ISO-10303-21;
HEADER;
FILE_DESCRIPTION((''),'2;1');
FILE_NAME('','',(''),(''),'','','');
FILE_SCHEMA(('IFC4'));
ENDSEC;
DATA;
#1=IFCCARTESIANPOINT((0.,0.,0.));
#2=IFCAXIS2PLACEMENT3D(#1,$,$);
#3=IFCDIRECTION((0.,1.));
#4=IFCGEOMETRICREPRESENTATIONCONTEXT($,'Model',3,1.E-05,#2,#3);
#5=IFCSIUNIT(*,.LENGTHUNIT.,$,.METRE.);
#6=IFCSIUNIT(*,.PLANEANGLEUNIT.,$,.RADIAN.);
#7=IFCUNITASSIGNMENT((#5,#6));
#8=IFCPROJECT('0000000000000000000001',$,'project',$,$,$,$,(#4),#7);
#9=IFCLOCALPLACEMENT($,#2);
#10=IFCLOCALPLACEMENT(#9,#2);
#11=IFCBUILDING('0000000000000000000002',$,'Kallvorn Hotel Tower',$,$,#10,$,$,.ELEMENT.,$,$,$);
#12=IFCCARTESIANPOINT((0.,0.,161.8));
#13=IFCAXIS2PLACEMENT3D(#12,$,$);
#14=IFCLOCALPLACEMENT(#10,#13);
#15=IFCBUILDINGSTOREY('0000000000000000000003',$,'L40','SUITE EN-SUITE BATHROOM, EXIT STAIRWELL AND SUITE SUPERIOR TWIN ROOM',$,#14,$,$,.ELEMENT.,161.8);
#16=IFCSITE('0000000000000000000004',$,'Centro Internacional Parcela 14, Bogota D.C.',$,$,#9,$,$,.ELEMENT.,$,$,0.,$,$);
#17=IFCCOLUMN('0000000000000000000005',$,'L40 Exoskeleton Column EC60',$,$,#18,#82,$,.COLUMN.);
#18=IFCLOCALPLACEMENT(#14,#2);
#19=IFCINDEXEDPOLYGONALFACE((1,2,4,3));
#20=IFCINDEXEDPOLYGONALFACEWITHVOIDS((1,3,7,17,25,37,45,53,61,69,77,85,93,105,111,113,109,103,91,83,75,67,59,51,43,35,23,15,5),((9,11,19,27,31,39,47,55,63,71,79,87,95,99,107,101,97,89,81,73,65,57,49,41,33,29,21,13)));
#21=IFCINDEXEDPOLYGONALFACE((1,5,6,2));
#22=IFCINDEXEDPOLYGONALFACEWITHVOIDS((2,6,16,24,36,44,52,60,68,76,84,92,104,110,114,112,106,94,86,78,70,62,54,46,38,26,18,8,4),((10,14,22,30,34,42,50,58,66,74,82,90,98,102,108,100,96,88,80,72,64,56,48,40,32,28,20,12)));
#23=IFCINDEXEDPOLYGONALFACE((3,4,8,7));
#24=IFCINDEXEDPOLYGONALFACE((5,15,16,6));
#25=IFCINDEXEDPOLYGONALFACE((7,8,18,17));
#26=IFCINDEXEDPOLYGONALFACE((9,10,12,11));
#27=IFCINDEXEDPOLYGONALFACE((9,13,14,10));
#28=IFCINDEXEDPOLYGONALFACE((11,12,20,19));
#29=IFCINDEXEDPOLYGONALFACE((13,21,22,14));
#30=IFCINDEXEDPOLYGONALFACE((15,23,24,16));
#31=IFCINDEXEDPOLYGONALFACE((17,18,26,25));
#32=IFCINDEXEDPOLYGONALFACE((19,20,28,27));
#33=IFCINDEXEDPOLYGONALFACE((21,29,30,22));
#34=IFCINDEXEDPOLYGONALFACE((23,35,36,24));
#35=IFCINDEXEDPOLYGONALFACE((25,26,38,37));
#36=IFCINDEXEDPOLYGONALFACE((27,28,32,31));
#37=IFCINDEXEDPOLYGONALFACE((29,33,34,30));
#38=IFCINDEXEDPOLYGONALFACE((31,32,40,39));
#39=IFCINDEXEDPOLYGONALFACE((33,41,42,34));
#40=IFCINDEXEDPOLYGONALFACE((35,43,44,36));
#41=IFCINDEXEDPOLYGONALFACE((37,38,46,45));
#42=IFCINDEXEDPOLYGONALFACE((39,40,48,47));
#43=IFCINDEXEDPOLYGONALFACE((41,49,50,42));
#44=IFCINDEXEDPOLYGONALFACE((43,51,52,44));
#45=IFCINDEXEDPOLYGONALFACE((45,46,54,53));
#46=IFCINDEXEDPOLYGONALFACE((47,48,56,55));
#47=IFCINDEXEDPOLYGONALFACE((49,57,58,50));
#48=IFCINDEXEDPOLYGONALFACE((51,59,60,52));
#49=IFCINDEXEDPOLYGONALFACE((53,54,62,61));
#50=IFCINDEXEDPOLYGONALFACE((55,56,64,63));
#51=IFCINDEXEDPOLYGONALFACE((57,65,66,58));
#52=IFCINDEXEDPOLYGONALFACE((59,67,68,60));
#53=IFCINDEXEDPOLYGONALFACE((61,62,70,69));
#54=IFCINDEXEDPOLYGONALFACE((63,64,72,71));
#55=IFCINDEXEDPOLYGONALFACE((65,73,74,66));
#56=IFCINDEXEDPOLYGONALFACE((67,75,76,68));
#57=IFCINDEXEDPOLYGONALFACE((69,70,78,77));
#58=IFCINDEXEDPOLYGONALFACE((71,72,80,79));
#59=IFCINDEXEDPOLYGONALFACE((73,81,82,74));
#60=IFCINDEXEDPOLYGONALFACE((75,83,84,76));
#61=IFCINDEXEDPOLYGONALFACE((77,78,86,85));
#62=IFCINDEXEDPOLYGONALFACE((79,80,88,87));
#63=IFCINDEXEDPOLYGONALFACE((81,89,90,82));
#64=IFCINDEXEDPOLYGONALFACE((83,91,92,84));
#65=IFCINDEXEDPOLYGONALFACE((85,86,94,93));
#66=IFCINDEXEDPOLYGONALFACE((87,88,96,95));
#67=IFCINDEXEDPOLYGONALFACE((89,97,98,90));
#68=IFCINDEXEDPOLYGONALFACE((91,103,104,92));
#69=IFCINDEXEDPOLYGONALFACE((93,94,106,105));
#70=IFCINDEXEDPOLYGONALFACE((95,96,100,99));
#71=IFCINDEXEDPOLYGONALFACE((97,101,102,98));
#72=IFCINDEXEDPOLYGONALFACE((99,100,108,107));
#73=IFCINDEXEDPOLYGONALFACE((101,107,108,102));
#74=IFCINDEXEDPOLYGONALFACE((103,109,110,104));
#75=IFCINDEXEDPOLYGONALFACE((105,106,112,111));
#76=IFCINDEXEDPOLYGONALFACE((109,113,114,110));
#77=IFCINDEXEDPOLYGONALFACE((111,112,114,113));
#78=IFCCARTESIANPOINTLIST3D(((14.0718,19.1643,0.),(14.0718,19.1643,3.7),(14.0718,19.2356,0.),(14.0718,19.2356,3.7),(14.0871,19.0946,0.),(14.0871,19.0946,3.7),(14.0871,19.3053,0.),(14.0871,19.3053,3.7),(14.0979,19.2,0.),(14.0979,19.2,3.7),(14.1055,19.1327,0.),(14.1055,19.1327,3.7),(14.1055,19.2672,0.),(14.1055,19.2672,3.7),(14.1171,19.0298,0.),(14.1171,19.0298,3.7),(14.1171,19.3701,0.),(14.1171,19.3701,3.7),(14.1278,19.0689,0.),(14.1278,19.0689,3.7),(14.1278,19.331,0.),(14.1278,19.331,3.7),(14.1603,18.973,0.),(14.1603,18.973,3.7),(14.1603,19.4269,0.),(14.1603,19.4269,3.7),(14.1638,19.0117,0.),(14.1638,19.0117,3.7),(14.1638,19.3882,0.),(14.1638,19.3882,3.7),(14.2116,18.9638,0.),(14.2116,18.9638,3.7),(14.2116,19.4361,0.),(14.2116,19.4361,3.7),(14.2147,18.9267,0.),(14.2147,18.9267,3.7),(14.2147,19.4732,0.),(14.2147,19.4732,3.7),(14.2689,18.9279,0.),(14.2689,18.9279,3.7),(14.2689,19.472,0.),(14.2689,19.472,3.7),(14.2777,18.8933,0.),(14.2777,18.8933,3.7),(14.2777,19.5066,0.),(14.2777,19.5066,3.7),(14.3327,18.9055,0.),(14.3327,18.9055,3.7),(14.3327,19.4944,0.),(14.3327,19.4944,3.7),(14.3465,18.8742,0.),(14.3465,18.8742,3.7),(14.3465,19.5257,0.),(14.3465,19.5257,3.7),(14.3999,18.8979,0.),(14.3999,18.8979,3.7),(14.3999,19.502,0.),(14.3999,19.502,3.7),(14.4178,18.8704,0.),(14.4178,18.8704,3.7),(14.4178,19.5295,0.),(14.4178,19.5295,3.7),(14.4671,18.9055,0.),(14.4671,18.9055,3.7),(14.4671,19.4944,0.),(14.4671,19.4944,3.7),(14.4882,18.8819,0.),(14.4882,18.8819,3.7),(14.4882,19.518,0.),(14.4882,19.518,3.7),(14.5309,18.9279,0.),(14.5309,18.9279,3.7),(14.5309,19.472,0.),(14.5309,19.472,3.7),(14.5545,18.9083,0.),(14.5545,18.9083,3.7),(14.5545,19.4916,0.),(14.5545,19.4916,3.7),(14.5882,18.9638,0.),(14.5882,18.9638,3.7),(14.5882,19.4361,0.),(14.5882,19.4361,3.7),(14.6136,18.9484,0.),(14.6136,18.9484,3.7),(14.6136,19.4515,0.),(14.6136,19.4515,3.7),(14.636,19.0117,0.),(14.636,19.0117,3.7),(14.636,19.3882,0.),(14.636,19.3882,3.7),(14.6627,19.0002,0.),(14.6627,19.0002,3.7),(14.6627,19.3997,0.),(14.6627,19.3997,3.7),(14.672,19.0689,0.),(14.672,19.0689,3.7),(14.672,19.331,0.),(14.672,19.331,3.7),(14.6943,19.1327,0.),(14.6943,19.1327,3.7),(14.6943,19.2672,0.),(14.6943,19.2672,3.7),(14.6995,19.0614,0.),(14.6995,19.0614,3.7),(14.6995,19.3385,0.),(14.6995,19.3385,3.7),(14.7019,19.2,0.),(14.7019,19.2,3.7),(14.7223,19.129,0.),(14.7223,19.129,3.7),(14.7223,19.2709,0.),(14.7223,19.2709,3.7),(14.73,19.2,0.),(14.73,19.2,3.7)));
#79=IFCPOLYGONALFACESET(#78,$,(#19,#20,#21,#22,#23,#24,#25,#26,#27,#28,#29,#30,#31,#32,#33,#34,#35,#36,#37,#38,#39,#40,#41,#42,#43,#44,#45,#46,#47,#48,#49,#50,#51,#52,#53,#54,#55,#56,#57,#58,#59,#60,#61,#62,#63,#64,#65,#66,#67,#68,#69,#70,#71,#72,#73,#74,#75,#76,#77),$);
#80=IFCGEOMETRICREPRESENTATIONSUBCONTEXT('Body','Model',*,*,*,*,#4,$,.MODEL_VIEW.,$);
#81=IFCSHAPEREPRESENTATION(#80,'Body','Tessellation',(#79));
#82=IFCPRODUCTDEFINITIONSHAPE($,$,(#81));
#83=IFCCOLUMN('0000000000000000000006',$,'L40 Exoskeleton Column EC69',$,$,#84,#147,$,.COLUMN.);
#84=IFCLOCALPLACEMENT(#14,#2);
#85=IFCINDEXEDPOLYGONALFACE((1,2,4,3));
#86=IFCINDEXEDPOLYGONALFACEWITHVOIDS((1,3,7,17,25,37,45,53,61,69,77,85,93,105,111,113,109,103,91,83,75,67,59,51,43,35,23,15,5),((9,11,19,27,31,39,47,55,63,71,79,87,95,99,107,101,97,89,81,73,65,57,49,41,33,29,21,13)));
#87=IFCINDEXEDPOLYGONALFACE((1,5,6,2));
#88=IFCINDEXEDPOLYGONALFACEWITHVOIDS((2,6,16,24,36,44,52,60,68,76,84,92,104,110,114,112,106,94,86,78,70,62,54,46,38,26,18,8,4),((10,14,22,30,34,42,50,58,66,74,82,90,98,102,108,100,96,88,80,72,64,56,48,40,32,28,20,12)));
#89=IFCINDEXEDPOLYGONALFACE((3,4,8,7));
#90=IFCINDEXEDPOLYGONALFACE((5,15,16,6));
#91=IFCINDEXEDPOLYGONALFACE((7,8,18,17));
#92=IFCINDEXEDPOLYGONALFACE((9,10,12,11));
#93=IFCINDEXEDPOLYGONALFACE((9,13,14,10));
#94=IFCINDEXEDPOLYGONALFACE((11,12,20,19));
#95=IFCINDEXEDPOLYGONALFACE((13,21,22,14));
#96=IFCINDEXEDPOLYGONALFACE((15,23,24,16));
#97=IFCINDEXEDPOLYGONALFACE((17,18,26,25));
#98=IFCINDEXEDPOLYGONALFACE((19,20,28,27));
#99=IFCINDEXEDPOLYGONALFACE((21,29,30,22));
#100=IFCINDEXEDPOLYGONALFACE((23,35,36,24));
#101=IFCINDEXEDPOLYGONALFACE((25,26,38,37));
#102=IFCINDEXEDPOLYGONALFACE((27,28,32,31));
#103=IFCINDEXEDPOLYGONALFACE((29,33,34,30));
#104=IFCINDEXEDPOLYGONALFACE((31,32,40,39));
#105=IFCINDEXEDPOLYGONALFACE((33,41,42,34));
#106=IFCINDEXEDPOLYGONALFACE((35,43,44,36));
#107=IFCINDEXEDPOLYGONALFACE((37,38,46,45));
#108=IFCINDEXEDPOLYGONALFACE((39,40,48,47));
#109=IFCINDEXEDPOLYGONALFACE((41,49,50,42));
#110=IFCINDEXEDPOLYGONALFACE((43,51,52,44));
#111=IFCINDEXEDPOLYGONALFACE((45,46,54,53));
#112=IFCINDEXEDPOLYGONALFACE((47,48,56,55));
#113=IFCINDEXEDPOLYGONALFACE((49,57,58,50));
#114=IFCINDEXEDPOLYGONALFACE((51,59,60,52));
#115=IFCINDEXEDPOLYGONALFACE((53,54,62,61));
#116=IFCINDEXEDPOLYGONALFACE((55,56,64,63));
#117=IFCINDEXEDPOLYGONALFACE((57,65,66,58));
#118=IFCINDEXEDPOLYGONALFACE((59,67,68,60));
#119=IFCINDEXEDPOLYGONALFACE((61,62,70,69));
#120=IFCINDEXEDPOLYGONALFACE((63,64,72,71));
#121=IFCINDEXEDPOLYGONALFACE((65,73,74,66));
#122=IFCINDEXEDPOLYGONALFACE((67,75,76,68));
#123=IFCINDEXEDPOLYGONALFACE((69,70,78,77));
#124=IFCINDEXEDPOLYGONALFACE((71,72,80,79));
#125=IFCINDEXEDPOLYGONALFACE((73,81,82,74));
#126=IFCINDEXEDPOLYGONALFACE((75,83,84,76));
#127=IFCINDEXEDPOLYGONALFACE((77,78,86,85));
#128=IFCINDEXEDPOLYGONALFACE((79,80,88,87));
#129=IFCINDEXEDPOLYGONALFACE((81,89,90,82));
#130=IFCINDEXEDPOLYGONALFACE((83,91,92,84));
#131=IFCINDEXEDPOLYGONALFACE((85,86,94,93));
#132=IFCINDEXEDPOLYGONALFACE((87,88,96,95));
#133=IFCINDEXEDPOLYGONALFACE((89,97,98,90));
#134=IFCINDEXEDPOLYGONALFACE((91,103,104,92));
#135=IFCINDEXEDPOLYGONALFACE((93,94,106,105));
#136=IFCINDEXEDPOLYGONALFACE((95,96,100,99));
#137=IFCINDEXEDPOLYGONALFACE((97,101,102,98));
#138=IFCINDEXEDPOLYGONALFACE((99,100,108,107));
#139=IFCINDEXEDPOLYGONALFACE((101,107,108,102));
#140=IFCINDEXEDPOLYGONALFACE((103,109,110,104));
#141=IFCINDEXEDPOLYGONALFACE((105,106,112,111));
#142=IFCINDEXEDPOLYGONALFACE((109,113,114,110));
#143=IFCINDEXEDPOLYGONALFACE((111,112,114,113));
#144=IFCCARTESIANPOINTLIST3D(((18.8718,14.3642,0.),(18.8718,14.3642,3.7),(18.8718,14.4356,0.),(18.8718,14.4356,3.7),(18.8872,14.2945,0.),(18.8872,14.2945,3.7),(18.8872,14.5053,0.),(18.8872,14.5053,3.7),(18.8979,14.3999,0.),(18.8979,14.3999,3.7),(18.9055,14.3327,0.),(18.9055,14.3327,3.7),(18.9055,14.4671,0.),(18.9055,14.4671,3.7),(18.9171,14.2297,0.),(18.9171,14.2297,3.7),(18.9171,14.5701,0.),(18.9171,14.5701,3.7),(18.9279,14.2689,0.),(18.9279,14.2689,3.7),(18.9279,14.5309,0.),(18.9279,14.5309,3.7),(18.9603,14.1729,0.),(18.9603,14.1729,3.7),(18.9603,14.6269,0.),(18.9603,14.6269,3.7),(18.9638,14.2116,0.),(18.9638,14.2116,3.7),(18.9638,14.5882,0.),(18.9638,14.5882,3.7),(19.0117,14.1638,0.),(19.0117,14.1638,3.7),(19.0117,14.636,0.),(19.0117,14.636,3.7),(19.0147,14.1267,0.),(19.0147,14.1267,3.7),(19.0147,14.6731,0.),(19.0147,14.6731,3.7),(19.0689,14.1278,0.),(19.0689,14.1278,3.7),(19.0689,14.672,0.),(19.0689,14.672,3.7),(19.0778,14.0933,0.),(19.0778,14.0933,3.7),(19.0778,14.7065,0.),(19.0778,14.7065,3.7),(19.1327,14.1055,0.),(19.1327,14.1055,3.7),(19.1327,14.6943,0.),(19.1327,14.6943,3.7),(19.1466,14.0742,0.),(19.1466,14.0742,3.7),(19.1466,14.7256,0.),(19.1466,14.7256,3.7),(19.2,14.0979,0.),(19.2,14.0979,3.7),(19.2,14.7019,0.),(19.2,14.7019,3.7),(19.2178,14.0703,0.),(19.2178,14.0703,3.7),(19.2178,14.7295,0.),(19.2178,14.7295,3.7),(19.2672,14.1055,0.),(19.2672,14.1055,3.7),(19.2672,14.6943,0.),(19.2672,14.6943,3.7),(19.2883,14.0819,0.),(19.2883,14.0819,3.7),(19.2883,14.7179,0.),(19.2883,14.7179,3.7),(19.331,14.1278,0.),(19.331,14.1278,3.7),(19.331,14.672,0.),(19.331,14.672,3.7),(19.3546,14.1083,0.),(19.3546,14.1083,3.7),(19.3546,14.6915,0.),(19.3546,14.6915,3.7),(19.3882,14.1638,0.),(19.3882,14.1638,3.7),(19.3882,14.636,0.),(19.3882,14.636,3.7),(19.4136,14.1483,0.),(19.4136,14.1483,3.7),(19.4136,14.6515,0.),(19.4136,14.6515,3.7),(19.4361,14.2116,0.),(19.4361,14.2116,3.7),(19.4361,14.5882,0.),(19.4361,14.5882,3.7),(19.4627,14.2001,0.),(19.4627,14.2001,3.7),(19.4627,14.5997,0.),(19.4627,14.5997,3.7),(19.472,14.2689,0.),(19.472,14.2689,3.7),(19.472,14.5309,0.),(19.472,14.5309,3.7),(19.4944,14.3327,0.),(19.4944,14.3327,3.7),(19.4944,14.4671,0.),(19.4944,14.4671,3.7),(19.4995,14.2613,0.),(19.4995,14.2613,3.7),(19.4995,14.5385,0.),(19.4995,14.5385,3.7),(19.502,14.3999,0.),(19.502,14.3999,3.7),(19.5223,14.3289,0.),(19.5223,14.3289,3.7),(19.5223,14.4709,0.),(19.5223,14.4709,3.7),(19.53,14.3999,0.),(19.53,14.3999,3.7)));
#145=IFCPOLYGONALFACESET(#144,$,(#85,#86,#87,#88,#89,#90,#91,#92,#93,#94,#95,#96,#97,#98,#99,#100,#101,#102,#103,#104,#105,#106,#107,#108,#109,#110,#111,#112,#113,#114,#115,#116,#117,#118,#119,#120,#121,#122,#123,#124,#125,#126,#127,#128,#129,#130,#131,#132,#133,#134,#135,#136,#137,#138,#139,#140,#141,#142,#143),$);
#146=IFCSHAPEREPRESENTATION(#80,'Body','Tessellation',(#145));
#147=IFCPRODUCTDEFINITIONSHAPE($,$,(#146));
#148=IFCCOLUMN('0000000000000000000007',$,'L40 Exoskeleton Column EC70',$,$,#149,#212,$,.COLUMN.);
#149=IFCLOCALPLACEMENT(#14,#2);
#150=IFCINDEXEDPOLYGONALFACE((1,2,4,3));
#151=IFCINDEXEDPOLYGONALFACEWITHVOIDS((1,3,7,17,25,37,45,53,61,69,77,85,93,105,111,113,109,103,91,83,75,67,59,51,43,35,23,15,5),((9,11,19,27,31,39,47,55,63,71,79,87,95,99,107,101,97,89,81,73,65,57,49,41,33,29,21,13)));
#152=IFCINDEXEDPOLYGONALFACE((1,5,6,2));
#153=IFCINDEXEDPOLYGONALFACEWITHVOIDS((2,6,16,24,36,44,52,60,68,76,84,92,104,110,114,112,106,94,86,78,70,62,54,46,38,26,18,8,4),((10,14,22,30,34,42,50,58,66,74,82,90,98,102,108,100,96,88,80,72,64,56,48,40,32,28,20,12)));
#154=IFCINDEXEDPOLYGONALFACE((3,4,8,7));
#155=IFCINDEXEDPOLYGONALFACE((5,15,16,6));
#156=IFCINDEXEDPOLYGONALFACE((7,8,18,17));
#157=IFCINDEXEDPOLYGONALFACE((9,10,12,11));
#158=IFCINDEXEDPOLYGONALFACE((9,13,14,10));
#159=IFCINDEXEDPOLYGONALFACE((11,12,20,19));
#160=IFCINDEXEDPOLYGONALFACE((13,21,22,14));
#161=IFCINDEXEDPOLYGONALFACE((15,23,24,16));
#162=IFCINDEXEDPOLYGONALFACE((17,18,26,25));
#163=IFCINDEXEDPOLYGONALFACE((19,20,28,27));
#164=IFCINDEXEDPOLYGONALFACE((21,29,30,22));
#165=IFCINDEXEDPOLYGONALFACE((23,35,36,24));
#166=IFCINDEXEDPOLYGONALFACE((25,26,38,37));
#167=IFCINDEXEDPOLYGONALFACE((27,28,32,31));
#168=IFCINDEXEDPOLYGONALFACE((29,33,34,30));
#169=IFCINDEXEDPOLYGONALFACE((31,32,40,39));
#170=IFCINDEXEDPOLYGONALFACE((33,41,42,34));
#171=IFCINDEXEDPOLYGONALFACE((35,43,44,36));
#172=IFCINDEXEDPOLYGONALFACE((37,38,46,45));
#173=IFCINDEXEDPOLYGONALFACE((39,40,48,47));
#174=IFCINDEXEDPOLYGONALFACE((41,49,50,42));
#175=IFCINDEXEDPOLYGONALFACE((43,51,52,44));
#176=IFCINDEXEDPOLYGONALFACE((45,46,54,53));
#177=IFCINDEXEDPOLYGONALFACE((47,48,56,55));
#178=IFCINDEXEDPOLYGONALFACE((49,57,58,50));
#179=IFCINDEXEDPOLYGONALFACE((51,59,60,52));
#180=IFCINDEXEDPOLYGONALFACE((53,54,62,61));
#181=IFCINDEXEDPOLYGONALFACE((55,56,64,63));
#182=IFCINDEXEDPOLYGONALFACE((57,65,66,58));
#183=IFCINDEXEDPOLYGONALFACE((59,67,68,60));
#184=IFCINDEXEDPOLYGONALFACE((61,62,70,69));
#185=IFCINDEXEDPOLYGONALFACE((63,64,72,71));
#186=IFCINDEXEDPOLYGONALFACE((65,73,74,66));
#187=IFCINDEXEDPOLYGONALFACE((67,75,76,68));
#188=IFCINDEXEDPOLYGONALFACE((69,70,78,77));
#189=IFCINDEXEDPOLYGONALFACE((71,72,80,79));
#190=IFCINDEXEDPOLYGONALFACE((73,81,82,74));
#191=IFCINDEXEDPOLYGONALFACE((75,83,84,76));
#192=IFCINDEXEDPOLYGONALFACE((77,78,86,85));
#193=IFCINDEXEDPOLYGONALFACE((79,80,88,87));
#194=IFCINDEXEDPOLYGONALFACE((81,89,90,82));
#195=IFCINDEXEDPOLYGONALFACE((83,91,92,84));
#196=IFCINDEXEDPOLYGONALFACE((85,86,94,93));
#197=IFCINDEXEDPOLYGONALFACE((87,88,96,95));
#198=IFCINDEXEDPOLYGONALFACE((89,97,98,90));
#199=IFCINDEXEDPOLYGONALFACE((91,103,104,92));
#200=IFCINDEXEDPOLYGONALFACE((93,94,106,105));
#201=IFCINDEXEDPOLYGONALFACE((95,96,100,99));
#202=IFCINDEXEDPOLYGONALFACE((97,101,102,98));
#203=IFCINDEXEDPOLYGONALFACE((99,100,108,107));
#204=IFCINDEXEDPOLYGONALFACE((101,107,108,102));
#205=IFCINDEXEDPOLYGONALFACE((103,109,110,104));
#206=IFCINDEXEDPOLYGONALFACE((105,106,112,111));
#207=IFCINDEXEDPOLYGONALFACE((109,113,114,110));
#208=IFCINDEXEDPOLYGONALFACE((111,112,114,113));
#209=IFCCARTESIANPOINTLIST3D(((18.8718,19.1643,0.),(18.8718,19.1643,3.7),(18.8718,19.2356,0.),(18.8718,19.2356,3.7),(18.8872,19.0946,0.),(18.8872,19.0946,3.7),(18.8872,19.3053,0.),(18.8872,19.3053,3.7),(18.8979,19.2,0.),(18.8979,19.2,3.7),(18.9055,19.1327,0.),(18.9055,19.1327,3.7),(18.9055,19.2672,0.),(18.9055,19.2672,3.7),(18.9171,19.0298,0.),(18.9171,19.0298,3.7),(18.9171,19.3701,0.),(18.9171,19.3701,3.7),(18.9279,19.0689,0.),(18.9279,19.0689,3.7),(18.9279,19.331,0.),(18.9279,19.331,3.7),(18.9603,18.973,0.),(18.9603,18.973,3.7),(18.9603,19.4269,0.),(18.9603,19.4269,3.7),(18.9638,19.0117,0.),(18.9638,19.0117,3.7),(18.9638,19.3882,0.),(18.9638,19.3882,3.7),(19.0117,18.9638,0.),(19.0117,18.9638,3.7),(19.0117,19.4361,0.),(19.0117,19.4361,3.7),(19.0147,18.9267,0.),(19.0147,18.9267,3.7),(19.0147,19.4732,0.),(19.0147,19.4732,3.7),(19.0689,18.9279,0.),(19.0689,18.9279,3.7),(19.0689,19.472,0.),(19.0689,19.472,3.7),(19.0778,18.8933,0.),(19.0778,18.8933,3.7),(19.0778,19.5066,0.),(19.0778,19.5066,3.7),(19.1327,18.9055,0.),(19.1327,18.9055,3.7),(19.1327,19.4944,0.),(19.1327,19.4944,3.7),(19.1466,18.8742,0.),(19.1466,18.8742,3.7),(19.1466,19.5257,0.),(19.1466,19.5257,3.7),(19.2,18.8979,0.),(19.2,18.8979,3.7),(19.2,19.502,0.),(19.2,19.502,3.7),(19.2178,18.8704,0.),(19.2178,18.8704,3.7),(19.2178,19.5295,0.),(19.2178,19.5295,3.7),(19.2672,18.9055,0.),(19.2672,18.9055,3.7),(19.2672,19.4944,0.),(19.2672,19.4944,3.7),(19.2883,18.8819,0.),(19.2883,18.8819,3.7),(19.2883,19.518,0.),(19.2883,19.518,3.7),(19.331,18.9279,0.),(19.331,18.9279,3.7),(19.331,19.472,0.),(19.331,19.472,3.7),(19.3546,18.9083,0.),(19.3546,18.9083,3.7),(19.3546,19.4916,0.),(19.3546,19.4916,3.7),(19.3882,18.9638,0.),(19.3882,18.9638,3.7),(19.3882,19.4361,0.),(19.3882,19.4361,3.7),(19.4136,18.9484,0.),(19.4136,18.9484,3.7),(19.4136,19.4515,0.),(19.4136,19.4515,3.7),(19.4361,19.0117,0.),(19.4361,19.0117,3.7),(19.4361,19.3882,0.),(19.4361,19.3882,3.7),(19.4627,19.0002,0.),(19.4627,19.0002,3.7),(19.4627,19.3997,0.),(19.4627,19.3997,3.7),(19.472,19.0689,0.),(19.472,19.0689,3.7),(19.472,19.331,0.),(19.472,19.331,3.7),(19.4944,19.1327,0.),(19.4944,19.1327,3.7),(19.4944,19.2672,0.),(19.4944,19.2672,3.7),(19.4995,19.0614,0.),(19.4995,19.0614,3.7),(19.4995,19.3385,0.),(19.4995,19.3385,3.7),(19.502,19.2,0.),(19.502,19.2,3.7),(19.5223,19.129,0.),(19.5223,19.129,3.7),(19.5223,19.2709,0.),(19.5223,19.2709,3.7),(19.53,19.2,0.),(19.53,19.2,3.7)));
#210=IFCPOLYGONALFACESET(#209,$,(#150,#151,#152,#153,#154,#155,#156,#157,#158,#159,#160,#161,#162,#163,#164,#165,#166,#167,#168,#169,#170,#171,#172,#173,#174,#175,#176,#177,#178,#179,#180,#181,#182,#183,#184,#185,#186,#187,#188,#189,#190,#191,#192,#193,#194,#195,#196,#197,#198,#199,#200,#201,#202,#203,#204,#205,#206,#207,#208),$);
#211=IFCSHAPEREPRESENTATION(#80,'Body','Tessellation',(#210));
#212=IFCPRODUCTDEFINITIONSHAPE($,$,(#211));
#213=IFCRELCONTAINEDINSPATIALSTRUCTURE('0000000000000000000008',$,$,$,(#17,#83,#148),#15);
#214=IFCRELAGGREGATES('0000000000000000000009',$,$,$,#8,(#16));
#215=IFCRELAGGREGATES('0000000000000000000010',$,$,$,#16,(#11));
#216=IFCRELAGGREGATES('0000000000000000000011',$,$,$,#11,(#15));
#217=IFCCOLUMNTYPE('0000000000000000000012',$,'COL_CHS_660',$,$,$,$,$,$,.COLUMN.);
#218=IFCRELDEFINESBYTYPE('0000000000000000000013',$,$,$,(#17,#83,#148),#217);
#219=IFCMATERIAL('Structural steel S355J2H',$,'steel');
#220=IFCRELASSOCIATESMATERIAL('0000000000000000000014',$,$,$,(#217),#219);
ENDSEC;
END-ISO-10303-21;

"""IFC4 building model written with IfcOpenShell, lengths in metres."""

from ifc_helpers import new_model, si_unit, direction, frame, origin, origin_2d, place, context, subcontext, project, spatial, hollow_circle, extrude, material, material_profile, profile_set, type_object, element, save


model = new_model("IFC4")

# Units and contexts
model_context = context("Model", 3, precision=1e-05, world=origin(), true_north=direction((0.0, 1.0)))
body_context = subcontext(model_context, "Body", "Model", "MODEL_VIEW")
ifc_project = project(units=[si_unit("LENGTHUNIT", "METRE"), si_unit("PLANEANGLEUNIT", "RADIAN")], contexts=[model_context])

# Site, building, storey
site_placement = place(None, origin())
site = spatial("IfcSite", under=ifc_project, at=site_placement, Name="Centro Internacional Parcela 14, Bogota D.C.", CompositionType="ELEMENT", RefElevation=0.0)
building_placement = place(site_placement, origin())
building = spatial("IfcBuilding", under=site, at=building_placement, Name="Kallvorn Hotel Tower", CompositionType="ELEMENT")
storey_placement = place(building_placement, frame((0.0, 0.0, 161.8)))
storey = spatial("IfcBuildingStorey", under=building, at=storey_placement, Name="L40", Description="SUITE EN-SUITE BATHROOM, EXIT STAIRWELL AND SUITE SUPERIOR TWIN ROOM", CompositionType="ELEMENT", Elevation=161.8)

# Columns
ifc_material_1 = material(Name="Structural steel S355J2H", Category="steel")
ifc_material_profile_1 = material_profile(ifc_material_1, hollow_circle(Radius=0.3301, WallThickness=0.0281, at=origin_2d()), Name="CHS 660x28")
ifc_profile_set_1 = profile_set([ifc_material_profile_1], Name="Structural steel S355J2H")
column_type_1 = type_object("IfcColumnType", Name="COL_CHS_660", PredefinedType="COLUMN", material=ifc_profile_set_1)
for number, where, z_axis, x_axis, name in (
    (1, (14.3999, 19.2, 0.0), (0.0, 0.0, 1.0), (1.0, 0.0, 0.0), "L40 Exoskeleton Column EC60"),
    (2, (19.2, 14.3999, 0.0), (0.0, 0.0, 1.0), (1.0, 0.0, 0.0), "L40 Exoskeleton Column EC69"),
    (3, (19.2, 19.2, 0.0), (0.0, 0.0, 1.0), (1.0, 0.0, 0.0), "L40 Exoskeleton Column EC70"),
):
    element("IfcColumn", number, at=place(storey_placement, frame(where, z_axis=z_axis, x_axis=x_axis)), inside=storey, type_object=column_type_1, Name=name, PredefinedType="COLUMN", context=body_context, shape_type="SweptSolid", body=[
        extrude(hollow_circle(Radius=0.3301, WallThickness=0.0281, at=origin_2d()), origin(), (0.0, 0.0, 1.0), 3.7),
    ])

save(model, "model.ifc")
